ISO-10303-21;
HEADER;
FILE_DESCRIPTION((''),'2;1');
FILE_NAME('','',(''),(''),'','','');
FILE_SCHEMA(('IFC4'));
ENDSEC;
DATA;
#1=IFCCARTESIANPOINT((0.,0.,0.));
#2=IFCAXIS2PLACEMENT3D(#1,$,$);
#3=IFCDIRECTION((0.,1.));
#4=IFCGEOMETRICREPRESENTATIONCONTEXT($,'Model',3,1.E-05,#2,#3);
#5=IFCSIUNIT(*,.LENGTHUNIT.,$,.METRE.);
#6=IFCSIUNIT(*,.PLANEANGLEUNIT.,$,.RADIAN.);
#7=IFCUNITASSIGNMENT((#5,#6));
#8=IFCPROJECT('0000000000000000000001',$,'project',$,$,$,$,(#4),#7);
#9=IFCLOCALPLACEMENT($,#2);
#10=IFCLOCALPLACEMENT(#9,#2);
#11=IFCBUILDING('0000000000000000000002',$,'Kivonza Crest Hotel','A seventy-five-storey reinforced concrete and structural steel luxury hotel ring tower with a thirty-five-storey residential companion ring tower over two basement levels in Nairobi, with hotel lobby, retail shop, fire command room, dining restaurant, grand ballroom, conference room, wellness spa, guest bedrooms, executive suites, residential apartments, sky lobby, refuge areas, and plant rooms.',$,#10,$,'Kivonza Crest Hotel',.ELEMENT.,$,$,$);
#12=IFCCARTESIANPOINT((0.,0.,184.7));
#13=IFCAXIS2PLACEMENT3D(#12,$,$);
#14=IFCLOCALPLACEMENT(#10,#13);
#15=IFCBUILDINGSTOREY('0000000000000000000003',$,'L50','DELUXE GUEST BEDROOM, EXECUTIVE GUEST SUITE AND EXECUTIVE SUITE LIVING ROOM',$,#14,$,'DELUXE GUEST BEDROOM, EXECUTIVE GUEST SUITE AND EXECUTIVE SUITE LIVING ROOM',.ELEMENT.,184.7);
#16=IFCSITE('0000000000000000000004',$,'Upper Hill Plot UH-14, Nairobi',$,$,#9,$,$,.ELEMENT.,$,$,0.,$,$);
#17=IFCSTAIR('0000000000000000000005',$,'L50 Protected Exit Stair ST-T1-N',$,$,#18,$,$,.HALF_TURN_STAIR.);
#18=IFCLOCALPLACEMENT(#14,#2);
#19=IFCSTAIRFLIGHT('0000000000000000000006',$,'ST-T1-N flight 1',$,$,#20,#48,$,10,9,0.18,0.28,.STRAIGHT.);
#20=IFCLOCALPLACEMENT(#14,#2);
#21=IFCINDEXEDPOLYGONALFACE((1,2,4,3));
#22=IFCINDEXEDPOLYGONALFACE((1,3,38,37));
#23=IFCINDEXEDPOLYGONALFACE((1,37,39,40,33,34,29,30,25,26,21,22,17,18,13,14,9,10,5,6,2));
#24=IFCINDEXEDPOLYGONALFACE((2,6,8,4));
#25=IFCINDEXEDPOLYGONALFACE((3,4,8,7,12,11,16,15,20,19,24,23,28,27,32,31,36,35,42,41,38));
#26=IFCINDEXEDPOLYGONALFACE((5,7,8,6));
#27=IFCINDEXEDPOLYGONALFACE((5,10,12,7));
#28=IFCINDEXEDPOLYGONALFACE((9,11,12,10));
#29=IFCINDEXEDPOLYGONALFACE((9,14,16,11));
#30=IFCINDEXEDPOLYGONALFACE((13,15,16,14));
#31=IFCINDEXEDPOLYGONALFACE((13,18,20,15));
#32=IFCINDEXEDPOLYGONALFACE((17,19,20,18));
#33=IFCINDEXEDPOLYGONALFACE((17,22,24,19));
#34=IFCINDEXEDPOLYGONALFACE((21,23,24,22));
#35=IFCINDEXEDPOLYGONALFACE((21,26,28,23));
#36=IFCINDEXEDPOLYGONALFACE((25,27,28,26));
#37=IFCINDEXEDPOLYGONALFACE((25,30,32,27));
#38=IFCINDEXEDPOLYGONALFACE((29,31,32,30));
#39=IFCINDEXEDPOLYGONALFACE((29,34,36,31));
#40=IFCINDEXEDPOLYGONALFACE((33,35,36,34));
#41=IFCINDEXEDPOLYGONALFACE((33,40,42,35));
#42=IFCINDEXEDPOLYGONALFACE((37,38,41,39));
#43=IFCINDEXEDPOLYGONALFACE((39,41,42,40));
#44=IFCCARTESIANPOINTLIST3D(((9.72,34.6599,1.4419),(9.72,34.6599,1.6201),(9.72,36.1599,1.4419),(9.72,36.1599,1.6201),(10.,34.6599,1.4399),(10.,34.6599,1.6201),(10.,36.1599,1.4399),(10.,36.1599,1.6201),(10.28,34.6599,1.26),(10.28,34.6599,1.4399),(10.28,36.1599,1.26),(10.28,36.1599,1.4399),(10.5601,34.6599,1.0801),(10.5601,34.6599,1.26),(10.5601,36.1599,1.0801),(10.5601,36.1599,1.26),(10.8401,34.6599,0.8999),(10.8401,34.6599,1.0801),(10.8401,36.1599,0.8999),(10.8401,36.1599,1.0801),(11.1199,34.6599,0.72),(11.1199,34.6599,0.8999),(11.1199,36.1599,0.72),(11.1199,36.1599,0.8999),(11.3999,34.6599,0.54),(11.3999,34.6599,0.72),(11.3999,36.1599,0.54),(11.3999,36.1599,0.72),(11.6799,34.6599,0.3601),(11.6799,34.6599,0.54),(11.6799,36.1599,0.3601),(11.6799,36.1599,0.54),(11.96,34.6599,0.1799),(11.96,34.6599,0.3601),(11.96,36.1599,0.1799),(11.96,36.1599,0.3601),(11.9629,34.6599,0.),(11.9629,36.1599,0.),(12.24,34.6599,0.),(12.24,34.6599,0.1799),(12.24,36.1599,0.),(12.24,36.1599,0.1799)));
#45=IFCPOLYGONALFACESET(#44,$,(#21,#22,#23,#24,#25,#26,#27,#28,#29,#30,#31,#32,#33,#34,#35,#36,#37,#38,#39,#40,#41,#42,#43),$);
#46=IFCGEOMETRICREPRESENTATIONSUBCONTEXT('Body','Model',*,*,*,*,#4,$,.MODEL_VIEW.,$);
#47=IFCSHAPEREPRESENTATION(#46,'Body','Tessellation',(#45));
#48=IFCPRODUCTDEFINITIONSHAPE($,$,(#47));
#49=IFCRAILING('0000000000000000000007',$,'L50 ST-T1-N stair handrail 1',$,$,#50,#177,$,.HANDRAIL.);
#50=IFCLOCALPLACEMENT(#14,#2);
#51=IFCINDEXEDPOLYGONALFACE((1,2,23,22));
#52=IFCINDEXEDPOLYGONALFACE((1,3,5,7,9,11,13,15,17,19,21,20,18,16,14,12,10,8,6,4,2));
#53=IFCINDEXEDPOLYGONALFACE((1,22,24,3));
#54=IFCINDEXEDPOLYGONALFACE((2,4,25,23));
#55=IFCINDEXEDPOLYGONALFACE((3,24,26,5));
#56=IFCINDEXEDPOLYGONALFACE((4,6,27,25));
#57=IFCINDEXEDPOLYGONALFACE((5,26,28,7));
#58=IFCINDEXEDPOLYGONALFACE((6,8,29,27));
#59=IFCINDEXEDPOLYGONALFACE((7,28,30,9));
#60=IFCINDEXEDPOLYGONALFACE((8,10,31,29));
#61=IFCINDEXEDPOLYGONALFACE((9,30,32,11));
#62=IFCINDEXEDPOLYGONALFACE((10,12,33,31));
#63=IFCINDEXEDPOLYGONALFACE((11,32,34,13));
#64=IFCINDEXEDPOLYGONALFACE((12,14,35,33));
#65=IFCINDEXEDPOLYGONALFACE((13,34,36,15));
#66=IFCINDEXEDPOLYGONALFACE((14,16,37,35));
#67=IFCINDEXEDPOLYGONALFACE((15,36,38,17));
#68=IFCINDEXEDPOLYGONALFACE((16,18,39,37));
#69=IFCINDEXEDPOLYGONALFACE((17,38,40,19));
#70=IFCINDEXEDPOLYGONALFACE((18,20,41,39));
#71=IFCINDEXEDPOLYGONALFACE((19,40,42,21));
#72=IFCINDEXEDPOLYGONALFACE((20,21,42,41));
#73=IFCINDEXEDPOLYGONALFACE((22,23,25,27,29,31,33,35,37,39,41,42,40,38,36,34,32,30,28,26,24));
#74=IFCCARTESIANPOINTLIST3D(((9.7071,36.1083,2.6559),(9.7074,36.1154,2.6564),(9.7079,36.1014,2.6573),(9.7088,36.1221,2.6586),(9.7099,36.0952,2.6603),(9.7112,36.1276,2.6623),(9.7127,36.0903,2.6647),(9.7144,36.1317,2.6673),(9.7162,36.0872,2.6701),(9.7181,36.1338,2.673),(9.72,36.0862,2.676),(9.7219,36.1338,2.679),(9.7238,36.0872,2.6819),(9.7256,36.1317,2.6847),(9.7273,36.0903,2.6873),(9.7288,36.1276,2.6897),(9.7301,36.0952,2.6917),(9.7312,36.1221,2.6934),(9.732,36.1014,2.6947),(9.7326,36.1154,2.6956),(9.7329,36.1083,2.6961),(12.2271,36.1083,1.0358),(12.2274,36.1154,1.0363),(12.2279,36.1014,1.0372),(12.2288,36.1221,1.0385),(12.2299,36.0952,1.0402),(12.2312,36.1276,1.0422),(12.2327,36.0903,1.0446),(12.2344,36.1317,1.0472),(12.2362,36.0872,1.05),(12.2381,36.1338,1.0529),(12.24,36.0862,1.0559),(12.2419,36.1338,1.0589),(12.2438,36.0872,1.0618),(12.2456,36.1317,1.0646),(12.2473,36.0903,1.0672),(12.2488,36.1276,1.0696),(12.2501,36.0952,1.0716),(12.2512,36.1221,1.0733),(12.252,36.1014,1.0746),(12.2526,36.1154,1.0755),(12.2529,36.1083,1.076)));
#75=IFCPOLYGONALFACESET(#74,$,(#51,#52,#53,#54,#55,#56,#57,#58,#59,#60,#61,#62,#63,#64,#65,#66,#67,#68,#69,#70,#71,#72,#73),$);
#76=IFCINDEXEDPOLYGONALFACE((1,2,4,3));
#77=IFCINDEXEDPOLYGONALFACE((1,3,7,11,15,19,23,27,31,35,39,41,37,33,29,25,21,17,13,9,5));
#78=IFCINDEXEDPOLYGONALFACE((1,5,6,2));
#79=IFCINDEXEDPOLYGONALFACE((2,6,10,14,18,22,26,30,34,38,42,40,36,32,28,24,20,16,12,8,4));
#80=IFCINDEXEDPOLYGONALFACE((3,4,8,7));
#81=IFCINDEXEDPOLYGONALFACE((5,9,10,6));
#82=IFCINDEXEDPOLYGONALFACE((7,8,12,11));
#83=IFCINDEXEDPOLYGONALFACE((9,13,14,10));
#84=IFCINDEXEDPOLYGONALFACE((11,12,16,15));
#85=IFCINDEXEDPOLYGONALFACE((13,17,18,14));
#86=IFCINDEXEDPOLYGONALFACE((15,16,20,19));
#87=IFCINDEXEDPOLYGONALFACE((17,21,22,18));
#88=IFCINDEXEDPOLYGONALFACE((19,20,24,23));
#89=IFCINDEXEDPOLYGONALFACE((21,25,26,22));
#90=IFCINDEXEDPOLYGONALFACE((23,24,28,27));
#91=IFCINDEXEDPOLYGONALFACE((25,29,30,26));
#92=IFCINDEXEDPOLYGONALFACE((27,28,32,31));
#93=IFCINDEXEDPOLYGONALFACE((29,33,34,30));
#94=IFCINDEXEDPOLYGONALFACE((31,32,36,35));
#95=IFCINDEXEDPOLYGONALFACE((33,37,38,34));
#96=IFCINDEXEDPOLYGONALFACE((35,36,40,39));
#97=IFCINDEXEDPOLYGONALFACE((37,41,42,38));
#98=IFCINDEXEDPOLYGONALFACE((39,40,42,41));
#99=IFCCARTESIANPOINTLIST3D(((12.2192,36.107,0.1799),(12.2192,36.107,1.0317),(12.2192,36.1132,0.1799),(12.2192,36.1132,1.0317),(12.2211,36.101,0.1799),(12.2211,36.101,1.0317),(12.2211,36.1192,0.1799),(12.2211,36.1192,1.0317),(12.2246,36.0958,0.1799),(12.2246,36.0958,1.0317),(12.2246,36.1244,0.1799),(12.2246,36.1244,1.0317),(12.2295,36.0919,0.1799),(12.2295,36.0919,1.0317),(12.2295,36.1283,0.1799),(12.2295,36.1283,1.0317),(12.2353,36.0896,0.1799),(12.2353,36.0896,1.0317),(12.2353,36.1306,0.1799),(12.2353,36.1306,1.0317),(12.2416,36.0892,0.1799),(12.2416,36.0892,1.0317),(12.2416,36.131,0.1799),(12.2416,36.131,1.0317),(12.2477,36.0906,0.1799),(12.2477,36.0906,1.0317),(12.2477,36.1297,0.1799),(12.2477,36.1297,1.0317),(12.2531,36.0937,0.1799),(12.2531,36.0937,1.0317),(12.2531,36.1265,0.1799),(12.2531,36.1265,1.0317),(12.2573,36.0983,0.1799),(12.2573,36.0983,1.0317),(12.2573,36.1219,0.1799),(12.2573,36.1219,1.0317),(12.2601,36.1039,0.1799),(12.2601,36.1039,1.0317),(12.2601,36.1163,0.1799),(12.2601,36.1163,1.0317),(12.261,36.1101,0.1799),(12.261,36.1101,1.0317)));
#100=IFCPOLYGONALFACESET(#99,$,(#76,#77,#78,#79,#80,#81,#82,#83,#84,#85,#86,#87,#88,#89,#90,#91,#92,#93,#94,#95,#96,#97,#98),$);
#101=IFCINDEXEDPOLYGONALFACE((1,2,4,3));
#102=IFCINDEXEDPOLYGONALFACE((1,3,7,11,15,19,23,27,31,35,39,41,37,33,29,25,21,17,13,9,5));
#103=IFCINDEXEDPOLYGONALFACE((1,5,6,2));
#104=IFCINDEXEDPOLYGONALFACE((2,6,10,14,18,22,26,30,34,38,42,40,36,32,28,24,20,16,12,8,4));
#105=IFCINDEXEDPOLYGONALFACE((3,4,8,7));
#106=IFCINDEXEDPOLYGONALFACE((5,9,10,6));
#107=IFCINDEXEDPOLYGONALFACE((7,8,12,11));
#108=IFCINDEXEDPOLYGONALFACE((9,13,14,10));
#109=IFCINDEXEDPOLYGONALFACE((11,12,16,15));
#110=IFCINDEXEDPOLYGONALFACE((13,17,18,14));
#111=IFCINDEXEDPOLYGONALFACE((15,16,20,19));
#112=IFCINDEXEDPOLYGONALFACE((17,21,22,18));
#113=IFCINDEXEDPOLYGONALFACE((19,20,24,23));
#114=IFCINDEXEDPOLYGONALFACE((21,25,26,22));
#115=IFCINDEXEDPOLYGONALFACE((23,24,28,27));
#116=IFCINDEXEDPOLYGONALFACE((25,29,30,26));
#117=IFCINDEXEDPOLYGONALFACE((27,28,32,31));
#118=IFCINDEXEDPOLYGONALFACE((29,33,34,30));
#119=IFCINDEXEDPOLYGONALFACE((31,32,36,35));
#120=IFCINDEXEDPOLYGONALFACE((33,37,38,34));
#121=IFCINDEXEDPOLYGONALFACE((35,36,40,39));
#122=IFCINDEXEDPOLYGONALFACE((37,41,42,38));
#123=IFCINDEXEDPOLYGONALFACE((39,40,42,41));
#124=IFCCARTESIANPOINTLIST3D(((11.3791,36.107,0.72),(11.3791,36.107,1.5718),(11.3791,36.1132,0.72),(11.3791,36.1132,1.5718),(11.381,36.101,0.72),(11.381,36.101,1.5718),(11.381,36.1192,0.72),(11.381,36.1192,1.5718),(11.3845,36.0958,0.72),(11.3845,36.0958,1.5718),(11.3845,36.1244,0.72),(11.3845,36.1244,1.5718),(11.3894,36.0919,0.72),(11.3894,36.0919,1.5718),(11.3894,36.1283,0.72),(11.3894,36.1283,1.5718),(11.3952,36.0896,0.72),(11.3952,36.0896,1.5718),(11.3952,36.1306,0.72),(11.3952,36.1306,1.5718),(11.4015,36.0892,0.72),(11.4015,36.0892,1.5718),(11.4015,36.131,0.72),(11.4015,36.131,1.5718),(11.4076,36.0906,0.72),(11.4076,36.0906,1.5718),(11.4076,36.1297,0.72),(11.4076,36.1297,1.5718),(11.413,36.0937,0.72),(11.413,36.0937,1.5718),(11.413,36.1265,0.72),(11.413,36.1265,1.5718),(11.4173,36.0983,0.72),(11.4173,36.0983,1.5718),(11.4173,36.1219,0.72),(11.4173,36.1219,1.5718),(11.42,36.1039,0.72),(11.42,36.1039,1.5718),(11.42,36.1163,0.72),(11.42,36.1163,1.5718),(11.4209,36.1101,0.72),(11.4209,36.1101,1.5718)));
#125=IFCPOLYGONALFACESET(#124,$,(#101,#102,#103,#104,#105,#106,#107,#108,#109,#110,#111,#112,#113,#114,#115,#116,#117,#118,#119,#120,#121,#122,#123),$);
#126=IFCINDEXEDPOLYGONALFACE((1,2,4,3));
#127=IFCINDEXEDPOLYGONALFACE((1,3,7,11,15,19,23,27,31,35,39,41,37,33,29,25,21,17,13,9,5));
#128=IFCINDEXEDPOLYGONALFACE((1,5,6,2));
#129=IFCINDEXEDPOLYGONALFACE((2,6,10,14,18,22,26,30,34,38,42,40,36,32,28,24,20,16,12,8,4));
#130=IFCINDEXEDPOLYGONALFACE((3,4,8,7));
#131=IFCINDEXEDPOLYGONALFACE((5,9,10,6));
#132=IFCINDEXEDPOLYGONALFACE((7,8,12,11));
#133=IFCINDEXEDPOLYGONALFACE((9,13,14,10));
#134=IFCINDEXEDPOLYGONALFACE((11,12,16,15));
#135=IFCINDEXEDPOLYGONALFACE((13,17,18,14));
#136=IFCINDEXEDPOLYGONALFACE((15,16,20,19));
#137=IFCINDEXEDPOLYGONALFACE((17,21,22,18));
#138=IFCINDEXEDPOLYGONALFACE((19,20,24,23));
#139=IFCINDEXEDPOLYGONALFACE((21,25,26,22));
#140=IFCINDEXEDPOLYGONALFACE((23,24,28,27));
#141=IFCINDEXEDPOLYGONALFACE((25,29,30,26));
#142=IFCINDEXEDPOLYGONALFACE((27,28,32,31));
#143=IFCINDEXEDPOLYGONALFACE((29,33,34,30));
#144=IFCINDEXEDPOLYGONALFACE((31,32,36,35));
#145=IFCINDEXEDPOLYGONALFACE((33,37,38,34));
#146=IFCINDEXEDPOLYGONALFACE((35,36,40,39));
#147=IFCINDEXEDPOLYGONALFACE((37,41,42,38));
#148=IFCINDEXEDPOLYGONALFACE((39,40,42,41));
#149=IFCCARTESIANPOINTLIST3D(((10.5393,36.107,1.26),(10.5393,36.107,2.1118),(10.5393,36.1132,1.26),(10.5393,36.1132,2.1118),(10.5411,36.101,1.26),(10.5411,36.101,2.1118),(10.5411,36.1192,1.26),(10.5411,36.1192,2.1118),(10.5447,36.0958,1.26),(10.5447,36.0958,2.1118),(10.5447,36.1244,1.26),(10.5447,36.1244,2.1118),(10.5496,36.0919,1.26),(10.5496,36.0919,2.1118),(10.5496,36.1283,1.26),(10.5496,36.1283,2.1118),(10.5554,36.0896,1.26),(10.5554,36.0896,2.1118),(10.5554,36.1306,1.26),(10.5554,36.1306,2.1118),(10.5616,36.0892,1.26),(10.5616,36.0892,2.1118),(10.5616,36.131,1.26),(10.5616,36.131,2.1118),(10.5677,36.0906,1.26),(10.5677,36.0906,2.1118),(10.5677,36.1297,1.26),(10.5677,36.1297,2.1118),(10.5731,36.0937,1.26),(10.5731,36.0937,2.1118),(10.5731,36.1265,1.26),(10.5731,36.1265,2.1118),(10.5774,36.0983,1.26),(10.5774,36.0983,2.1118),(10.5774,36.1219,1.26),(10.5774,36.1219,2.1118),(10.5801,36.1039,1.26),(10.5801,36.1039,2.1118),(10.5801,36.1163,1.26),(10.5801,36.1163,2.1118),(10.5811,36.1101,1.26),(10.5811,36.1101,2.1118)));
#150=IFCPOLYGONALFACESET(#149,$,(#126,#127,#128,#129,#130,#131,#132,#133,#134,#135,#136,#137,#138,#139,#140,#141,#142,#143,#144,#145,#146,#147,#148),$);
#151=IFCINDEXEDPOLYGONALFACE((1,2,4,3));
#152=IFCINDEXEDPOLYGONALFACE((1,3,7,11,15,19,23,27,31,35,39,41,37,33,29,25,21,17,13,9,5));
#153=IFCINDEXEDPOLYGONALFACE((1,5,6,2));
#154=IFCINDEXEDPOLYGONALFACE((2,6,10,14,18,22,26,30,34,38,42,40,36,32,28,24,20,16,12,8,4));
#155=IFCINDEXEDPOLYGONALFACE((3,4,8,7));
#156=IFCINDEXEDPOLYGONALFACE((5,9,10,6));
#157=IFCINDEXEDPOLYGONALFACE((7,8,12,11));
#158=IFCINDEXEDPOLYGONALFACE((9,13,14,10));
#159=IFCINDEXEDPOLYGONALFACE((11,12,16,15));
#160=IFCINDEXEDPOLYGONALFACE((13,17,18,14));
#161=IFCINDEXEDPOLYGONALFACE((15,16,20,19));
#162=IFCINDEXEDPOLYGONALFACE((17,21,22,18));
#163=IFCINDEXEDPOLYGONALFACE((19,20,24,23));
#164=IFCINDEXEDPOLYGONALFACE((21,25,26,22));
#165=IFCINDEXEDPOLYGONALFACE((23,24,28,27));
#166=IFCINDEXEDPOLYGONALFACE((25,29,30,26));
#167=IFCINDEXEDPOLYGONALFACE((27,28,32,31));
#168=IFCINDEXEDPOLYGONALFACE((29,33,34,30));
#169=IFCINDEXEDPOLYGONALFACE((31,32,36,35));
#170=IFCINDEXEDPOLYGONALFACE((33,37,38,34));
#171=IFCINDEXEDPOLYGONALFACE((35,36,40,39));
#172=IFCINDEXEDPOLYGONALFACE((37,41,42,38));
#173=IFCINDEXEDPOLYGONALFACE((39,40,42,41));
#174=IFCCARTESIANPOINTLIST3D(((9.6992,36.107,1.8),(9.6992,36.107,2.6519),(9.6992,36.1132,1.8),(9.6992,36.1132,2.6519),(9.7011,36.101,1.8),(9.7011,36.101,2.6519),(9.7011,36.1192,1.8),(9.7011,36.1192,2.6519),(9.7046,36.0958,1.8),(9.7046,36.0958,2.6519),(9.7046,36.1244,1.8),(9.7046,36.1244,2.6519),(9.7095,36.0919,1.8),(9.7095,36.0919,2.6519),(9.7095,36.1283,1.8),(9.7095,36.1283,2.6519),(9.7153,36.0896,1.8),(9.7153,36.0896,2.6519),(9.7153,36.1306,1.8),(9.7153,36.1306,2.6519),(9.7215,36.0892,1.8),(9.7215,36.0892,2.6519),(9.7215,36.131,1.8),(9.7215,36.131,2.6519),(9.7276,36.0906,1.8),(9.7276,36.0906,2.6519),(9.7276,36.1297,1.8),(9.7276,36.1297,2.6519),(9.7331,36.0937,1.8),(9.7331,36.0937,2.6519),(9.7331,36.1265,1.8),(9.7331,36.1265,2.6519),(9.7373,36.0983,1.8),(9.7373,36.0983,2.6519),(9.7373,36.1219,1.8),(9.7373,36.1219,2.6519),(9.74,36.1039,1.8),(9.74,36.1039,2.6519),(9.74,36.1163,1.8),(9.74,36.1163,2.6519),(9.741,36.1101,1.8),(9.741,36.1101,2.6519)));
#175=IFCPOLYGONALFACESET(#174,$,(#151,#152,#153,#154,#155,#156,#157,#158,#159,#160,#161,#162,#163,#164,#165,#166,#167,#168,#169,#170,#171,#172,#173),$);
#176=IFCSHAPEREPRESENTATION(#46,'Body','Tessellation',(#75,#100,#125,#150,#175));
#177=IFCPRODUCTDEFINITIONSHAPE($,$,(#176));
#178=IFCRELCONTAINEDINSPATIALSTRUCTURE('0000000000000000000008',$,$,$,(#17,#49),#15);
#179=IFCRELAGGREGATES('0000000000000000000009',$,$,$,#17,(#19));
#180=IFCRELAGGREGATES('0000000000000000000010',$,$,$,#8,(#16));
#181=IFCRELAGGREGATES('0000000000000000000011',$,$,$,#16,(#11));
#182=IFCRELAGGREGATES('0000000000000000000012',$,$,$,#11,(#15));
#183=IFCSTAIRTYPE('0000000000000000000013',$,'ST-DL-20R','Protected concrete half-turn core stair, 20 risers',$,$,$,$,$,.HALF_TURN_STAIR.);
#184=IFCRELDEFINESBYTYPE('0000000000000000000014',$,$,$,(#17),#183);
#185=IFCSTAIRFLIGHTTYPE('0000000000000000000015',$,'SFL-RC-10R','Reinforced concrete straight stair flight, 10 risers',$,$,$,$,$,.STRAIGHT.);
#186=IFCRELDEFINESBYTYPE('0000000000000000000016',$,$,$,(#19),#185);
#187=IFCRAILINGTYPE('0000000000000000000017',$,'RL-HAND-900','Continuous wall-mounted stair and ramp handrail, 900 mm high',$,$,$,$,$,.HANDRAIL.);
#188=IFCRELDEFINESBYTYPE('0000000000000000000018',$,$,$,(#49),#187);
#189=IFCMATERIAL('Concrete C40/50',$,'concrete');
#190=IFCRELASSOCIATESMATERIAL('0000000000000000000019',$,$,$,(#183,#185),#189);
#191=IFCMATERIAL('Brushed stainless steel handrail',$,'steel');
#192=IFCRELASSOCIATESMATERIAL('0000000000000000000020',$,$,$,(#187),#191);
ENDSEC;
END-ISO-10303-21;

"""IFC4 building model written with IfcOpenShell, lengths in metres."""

from ifc_helpers import new_model, si_unit, direction, frame, origin, origin_2d, place, context, subcontext, project, spatial, polyline, circle, outline, extrude, material, type_object, element, aggregate, save


model = new_model("IFC4")

# Units and contexts
model_context = context("Model", 3, precision=1e-05, world=origin(), true_north=direction((0.0, 1.0)))
body_context = subcontext(model_context, "Body", "Model", "MODEL_VIEW")
ifc_project = project(units=[si_unit("LENGTHUNIT", "METRE"), si_unit("PLANEANGLEUNIT", "RADIAN")], contexts=[model_context])

# Site, building, storey
site_placement = place(None, origin())
site = spatial("IfcSite", under=ifc_project, at=site_placement, Name="Upper Hill Plot UH-14, Nairobi", CompositionType="ELEMENT", RefElevation=0.0)
building_placement = place(site_placement, origin())
building = spatial("IfcBuilding", under=site, at=building_placement, Name="Kivonza Crest Hotel", Description="A seventy-five-storey reinforced concrete and structural steel luxury hotel ring tower with a thirty-five-storey residential companion ring tower over two basement levels in Nairobi, with hotel lobby, retail shop, fire command room, dining restaurant, grand ballroom, conference room, wellness spa, guest bedrooms, executive suites, residential apartments, sky lobby, refuge areas, and plant rooms.", LongName="Kivonza Crest Hotel", CompositionType="ELEMENT")
storey_placement = place(building_placement, frame((0.0, 0.0, 184.7)))
storey = spatial("IfcBuildingStorey", under=building, at=storey_placement, Name="L50", Description="DELUXE GUEST BEDROOM, EXECUTIVE GUEST SUITE AND EXECUTIVE SUITE LIVING ROOM", LongName="DELUXE GUEST BEDROOM, EXECUTIVE GUEST SUITE AND EXECUTIVE SUITE LIVING ROOM", CompositionType="ELEMENT", Elevation=184.7)

# Stair, stair flight
ifc_material_1 = material(Name="Concrete C40/50", Category="concrete")
stair_type = type_object("IfcStairType", Name="ST-DL-20R", Description="Protected concrete half-turn core stair, 20 risers", PredefinedType="HALF_TURN_STAIR", material=ifc_material_1)
stair_placement = place(storey_placement, origin())
stair = element("IfcStair", 1, at=stair_placement, inside=storey, type_object=stair_type, Name="L50 Protected Exit Stair ST-T1-N", PredefinedType="HALF_TURN_STAIR")
stair_flight_type = type_object("IfcStairFlightType", Name="SFL-RC-10R", Description="Reinforced concrete straight stair flight, 10 risers", PredefinedType="STRAIGHT", material=ifc_material_1)
stair_flight_placement = place(storey_placement, frame((12.24, 35.4099, 0.0), z_axis=(0.0, 0.0, 1.0), x_axis=(-1.0, 0.0, 0.0)))
stair_flight = element("IfcStairFlight", 2, at=stair_flight_placement, type_object=stair_flight_type, Name="ST-T1-N flight 1", NumberOfRisers=10, NumberOfTreads=9, PredefinedType="STRAIGHT", RiserHeight=0.18, TreadLength=0.28, context=body_context, shape_type="SweptSolid", body=[
    extrude(outline(polyline([(0.0, 0.0), (0.0, 0.1799), (0.28, 0.1799), (0.28, 0.3601), (0.5601, 0.3601), (0.5601, 0.54), (0.8401, 0.54), (0.8401, 0.72), (1.1201, 0.72), (1.1201, 0.8999), (1.3999, 0.8999), (1.3999, 1.0801), (1.6799, 1.0801), (1.6799, 1.26), (1.96, 1.26), (1.96, 1.4399), (2.24, 1.4399), (2.24, 1.6201), (2.52, 1.6201), (2.52, 1.8), (2.52, 1.4419), (0.2771, 0.0), (0.0, 0.0)])), frame((0.0, 0.75, 0.0), z_axis=(0.0, -1.0, 0.0), x_axis=(1.0, 0.0, 0.0)), (0.0, 0.0, 1.0), 1.5),
])
aggregate(stair, [stair_flight])

# Railing
ifc_material_2 = material(Name="Brushed stainless steel handrail", Category="steel")
railing_type_1 = type_object("IfcRailingType", Name="RL-HAND-900", Description="Continuous wall-mounted stair and ramp handrail, 900 mm high", PredefinedType="HANDRAIL", material=ifc_material_2)
railing_1_placement = place(storey_placement, frame((12.24, 36.1101, 0.1799)))
element("IfcRailing", 3, at=railing_1_placement, inside=storey, type_object=railing_type_1, Name="L50 ST-T1-N stair handrail 1", PredefinedType="HANDRAIL", context=body_context, shape_type="SweptSolid", body=[
    extrude(circle(Radius=0.0239, at=origin_2d()), frame((0.0, 0.0, 0.876), z_axis=(-0.841163, 0.0, 0.540782), x_axis=(0.0, -1.0, 0.0)), (0.0, 0.0, 1.0), 2.9958),
    extrude(circle(Radius=0.021, at=origin_2d()), origin(), (0.0, 0.0, 1.0), 0.8518),
    extrude(circle(Radius=0.021, at=origin_2d()), frame((-0.8401, 0.0, 0.54)), (0.0, 0.0, 1.0), 0.8518),
    extrude(circle(Radius=0.021, at=origin_2d()), frame((-1.6799, 0.0, 1.0801)), (0.0, 0.0, 1.0), 0.8518),
    extrude(circle(Radius=0.021, at=origin_2d()), frame((-2.52, 0.0, 1.6201)), (0.0, 0.0, 1.0), 0.8518),
])

save(model, "model.ifc")
